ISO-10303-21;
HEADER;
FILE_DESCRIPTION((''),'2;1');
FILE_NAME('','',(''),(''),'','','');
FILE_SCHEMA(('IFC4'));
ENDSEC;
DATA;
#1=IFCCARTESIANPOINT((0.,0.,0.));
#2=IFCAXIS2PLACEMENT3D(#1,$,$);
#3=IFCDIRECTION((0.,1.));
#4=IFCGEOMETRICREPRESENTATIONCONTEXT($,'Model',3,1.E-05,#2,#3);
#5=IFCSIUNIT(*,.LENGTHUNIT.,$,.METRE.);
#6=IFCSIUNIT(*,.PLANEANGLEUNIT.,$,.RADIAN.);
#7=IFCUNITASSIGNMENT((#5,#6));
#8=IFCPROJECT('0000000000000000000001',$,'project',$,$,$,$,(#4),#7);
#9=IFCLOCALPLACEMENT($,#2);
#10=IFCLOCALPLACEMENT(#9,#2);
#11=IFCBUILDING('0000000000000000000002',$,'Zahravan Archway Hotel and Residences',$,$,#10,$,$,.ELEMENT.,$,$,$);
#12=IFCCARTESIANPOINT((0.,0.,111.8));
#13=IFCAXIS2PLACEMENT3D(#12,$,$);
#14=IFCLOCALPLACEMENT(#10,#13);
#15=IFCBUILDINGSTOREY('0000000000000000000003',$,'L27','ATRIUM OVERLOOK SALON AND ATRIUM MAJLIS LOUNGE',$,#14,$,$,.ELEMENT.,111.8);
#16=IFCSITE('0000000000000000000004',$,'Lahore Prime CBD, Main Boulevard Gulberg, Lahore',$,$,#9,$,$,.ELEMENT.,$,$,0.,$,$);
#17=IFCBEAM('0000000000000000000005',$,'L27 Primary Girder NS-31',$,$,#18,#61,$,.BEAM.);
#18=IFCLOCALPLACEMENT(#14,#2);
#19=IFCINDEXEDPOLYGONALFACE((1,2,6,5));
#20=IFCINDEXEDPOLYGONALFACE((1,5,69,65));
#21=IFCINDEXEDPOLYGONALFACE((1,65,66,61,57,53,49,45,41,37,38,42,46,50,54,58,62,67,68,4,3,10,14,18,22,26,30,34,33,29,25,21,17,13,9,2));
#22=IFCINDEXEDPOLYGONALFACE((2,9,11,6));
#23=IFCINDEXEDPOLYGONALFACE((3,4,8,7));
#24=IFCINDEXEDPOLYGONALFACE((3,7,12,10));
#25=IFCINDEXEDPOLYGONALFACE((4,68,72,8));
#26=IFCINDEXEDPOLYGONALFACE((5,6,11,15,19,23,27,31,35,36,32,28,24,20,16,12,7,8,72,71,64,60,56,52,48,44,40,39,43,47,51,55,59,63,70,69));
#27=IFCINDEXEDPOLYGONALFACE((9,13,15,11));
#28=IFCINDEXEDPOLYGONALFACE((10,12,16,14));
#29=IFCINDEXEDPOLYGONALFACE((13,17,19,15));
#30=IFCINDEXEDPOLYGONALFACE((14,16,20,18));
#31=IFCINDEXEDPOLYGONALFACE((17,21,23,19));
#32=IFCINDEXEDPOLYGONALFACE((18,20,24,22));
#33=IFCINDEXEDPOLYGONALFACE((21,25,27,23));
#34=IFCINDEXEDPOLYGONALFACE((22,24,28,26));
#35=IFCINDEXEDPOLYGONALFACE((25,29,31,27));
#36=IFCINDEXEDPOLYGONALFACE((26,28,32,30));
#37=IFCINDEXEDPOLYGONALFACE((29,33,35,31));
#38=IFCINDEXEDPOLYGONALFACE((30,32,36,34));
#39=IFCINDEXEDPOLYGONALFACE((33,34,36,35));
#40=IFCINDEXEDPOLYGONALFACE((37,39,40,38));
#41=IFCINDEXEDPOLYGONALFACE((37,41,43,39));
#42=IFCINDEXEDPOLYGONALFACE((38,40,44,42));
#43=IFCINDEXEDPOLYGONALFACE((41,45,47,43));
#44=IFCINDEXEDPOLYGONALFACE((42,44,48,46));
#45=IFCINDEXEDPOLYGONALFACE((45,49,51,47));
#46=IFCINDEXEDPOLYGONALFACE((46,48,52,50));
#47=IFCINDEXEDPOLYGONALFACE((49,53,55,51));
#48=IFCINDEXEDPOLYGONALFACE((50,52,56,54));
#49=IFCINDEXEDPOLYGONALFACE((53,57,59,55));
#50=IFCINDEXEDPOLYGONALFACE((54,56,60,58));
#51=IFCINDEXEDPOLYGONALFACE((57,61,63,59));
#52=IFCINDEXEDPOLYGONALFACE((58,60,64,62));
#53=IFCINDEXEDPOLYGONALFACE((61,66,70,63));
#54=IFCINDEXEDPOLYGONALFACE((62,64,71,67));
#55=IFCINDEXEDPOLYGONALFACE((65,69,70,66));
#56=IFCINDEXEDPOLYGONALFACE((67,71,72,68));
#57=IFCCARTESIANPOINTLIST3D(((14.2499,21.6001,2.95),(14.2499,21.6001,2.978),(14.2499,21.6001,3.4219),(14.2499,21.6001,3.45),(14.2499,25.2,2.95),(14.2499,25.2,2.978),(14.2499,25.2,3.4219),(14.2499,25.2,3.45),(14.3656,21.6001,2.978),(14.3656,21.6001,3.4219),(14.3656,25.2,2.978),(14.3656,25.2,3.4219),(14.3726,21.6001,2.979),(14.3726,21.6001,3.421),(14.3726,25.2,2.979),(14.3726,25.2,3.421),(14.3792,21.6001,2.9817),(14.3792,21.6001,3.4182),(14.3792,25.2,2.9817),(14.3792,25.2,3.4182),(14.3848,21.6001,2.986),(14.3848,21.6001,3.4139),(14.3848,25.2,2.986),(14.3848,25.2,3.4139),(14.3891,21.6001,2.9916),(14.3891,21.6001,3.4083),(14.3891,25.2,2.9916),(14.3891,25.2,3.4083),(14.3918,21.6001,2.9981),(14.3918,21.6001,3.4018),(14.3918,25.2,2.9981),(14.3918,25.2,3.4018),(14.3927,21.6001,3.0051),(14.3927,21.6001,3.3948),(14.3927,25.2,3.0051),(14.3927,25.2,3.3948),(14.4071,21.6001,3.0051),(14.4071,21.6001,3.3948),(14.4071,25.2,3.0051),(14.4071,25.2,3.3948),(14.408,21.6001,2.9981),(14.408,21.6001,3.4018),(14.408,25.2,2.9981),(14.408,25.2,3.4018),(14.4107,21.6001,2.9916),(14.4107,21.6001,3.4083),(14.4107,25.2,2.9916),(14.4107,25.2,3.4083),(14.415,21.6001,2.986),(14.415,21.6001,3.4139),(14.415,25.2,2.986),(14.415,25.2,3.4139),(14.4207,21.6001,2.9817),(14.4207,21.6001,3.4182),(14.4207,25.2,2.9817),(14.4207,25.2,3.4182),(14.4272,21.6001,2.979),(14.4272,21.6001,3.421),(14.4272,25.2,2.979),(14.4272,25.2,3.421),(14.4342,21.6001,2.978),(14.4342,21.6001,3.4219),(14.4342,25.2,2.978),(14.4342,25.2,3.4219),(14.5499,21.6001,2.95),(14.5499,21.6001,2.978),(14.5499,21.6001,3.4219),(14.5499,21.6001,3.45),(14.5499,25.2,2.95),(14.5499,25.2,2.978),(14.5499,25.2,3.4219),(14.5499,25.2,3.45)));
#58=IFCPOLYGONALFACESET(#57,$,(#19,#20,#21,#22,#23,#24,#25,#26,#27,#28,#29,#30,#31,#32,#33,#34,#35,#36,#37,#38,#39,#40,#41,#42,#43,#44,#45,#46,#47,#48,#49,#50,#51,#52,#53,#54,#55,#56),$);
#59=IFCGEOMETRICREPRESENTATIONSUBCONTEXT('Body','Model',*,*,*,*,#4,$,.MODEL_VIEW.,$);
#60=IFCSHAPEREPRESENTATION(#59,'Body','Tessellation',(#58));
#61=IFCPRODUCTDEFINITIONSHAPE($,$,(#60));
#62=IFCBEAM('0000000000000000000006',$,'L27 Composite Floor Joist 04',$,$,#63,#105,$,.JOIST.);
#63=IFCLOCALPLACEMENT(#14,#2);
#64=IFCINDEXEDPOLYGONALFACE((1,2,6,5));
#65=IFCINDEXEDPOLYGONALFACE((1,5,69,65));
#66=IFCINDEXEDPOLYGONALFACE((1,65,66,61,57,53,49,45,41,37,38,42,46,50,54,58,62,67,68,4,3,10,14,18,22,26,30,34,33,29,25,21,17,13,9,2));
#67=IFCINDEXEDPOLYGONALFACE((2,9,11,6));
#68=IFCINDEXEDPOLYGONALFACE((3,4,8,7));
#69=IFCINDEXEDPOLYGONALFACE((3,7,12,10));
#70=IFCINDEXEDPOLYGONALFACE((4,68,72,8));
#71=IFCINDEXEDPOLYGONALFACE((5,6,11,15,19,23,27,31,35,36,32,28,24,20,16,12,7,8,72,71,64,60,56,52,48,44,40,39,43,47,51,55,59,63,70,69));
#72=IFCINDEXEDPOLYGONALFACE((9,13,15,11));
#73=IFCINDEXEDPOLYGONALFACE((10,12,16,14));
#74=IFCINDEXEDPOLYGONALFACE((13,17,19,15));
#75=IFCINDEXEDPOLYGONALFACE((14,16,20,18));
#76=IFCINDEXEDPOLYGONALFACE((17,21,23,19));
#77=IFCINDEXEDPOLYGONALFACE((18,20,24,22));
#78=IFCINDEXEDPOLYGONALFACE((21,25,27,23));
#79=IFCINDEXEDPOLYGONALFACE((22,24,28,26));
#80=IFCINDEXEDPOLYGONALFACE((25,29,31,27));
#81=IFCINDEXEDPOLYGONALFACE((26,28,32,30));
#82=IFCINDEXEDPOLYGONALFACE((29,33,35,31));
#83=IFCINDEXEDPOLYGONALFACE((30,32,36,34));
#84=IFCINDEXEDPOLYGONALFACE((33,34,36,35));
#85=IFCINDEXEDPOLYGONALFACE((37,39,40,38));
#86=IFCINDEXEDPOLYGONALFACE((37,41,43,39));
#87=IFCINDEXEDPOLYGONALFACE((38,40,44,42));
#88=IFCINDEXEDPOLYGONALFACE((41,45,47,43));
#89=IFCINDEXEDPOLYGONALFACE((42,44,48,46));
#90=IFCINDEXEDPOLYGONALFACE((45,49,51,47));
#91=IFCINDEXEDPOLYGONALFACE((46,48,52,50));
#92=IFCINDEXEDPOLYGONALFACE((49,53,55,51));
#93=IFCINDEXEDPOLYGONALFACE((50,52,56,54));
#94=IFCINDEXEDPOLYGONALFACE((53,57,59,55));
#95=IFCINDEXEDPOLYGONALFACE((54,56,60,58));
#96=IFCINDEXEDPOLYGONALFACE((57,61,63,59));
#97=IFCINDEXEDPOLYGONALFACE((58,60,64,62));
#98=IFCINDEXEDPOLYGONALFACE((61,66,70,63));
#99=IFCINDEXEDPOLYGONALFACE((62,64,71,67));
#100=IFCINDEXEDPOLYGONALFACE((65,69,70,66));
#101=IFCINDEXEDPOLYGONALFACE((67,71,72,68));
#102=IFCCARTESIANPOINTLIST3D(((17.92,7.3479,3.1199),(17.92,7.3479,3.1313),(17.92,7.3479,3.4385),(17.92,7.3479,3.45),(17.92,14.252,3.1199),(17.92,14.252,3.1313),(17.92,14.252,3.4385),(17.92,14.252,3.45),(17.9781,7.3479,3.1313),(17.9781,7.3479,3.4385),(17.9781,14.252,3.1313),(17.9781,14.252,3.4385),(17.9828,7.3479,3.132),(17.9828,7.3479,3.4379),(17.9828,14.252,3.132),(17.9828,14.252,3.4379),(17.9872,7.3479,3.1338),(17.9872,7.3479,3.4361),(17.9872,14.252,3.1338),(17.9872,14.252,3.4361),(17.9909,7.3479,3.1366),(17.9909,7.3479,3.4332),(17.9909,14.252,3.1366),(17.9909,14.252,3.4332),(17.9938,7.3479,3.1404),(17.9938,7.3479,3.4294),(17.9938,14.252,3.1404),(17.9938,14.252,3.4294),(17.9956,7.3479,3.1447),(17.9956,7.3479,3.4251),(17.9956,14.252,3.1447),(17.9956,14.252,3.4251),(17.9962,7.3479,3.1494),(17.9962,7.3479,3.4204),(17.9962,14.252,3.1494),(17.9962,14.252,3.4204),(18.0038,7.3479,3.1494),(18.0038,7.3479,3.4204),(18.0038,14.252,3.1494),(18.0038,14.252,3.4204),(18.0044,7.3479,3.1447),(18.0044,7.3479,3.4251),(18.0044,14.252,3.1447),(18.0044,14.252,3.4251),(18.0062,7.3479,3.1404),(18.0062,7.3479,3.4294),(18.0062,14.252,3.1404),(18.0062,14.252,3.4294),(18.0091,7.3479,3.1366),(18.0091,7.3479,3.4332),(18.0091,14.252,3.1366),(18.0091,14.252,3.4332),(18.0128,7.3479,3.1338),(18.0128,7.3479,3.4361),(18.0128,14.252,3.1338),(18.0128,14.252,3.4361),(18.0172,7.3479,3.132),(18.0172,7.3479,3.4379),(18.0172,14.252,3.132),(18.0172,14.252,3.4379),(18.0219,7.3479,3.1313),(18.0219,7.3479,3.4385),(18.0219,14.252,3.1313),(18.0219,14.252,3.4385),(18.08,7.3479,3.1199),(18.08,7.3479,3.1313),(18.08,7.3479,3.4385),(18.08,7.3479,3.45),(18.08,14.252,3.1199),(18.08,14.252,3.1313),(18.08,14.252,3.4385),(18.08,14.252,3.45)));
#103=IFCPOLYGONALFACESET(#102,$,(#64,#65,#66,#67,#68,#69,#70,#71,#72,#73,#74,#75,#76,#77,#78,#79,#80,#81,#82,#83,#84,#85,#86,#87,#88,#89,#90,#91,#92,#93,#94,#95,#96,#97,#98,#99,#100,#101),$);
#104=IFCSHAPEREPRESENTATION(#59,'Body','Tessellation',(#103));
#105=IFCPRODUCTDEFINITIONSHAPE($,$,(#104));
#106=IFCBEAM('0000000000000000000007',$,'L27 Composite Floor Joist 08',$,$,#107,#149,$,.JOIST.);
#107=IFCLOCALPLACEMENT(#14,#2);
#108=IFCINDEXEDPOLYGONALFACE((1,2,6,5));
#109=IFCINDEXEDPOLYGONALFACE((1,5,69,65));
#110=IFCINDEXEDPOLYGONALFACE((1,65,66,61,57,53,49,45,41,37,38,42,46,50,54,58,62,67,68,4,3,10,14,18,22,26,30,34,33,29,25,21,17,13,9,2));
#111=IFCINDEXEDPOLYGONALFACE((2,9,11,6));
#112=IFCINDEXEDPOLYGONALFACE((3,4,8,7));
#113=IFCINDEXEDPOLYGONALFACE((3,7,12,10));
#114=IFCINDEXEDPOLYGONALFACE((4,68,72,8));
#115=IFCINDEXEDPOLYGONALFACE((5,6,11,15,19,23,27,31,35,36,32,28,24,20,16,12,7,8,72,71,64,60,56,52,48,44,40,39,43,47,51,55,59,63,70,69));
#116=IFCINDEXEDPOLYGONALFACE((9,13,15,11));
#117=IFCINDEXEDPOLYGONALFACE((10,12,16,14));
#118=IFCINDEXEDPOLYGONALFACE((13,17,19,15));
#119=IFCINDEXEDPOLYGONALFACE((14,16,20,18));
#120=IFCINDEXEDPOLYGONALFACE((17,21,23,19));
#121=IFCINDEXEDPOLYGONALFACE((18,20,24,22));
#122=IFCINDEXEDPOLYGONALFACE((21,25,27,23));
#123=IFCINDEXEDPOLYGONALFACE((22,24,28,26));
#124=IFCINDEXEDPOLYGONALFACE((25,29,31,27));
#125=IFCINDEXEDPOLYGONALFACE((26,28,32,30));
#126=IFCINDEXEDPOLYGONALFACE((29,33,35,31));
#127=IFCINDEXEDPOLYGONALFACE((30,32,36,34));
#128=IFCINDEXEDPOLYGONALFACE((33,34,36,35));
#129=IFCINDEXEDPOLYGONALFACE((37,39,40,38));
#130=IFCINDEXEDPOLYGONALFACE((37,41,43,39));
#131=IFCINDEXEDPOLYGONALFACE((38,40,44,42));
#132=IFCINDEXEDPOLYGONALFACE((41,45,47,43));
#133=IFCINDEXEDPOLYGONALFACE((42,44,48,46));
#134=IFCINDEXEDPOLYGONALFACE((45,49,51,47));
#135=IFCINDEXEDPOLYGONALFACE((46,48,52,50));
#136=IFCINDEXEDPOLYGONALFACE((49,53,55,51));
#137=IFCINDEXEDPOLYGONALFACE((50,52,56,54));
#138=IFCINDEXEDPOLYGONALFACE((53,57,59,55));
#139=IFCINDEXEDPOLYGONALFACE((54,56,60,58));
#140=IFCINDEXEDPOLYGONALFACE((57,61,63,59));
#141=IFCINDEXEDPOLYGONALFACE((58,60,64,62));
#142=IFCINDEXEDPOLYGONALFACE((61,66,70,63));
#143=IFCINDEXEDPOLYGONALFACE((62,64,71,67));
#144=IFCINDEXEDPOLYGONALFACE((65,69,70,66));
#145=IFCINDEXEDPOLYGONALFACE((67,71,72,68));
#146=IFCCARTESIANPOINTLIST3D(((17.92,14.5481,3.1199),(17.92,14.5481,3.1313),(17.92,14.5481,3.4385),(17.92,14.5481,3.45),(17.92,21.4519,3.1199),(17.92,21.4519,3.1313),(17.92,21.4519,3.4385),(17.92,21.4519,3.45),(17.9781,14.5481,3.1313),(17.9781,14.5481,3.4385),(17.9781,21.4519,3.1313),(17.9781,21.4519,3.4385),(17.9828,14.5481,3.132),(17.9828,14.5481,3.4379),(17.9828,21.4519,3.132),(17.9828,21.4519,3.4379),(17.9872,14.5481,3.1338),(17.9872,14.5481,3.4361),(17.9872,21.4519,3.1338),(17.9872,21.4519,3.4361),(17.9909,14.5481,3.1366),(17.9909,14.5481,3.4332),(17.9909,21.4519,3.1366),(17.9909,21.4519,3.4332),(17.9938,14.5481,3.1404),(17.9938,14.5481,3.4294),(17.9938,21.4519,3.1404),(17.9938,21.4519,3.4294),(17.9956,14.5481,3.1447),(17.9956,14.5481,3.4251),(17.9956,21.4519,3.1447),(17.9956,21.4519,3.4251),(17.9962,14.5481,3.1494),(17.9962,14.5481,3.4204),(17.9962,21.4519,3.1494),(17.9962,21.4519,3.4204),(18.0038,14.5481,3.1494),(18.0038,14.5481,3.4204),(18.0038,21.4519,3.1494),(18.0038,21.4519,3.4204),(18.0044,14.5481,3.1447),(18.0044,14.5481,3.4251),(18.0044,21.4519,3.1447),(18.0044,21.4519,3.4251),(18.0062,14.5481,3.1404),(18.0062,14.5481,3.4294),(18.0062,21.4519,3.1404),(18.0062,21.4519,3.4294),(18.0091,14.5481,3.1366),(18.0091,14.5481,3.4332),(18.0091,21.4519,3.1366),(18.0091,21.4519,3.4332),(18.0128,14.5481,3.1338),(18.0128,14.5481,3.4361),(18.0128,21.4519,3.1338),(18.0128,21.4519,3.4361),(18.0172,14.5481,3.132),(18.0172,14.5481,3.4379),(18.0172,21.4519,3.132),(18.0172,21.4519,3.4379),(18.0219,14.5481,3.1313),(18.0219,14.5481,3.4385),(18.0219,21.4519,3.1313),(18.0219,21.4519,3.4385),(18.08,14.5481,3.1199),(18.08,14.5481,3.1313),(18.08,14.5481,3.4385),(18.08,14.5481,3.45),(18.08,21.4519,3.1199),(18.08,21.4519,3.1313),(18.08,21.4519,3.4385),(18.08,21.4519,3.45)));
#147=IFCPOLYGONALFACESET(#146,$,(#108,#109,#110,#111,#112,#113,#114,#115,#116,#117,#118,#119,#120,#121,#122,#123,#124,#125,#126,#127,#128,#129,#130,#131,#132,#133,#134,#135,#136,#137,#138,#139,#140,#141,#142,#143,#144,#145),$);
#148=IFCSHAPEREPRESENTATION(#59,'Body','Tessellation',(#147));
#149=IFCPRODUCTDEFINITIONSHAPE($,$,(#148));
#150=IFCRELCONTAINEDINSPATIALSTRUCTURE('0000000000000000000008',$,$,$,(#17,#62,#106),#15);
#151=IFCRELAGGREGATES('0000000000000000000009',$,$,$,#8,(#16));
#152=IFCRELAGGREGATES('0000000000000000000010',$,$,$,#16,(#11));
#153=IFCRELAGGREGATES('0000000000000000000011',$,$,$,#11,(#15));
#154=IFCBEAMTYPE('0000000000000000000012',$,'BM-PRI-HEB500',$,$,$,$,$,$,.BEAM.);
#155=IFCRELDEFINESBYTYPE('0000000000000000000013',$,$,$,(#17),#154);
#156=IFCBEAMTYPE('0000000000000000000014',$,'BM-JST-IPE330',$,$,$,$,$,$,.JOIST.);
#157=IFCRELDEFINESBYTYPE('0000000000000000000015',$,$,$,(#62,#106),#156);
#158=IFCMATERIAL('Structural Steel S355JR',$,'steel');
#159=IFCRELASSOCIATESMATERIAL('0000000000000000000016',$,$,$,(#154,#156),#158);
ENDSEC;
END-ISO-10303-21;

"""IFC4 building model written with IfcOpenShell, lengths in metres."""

from ifc_helpers import new_model, si_unit, direction, frame, origin, origin_2d, place, context, subcontext, project, spatial, i_section, extrude, source, transform, mapped, material, material_profile, profile_set, type_object, type_shapes, element, save


model = new_model("IFC4")

# Units and contexts
model_context = context("Model", 3, precision=1e-05, world=origin(), true_north=direction((0.0, 1.0)))
body_context = subcontext(model_context, "Body", "Model", "MODEL_VIEW")
ifc_project = project(units=[si_unit("LENGTHUNIT", "METRE"), si_unit("PLANEANGLEUNIT", "RADIAN")], contexts=[model_context])

# Site, building, storey
site_placement = place(None, origin())
site = spatial("IfcSite", under=ifc_project, at=site_placement, Name="Lahore Prime CBD, Main Boulevard Gulberg, Lahore", CompositionType="ELEMENT", RefElevation=0.0)
building_placement = place(site_placement, origin())
building = spatial("IfcBuilding", under=site, at=building_placement, Name="Zahravan Archway Hotel and Residences", CompositionType="ELEMENT")
storey_placement = place(building_placement, frame((0.0, 0.0, 111.8)))
storey = spatial("IfcBuildingStorey", under=building, at=storey_placement, Name="L27", Description="ATRIUM OVERLOOK SALON AND ATRIUM MAJLIS LOUNGE", CompositionType="ELEMENT", Elevation=111.8)

# Beams
ifc_material_1 = material(Name="Structural Steel S355JR", Category="steel")
ifc_material_profile_1 = material_profile(ifc_material_1, i_section(OverallWidth=0.3, OverallDepth=0.5, WebThickness=0.0144, FlangeThickness=0.0281, FilletRadius=0.0271, at=origin_2d()), Name="HEB 500", Category="steel")
ifc_profile_set_1 = profile_set([ifc_material_profile_1], Name="Structural Steel S355JR")
beam_type_1 = type_object("IfcBeamType", Name="BM-PRI-HEB500", PredefinedType="BEAM", material=ifc_profile_set_1)
shared_shape_1 = source(origin(), body_context, "Body", "SweptSolid", [
    extrude(i_section(OverallWidth=0.3, OverallDepth=0.5, WebThickness=0.0144, FlangeThickness=0.0281, FilletRadius=0.0271, at=origin_2d()), origin(), (0.0, 0.0, 1.0), 3.5999),
])
beam_1_placement = place(storey_placement, frame((14.3999, 21.6001, 3.2), z_axis=(0.0, 1.0, 0.0), x_axis=(-1.0, 0.0, 0.0)))
element("IfcBeam", 1, at=beam_1_placement, inside=storey, type_object=beam_type_1, Name="L27 Primary Girder NS-31", PredefinedType="BEAM", context=body_context, shape_type="MappedRepresentation", body=[
    mapped(shared_shape_1, transform((0.0, 0.0, 0.0), scale=1.0)),
])
ifc_material_profile_2 = material_profile(ifc_material_1, i_section(OverallWidth=0.1599, OverallDepth=0.3301, WebThickness=0.0076, FlangeThickness=0.0115, FilletRadius=0.0181, at=origin_2d()), Name="IPE 330", Category="steel")
ifc_profile_set_2 = profile_set([ifc_material_profile_2], Name="Structural Steel S355JR")
beam_type_2 = type_object("IfcBeamType", Name="BM-JST-IPE330", PredefinedType="JOIST", material=ifc_profile_set_2)
shared_shape_2 = source(origin(), body_context, "Body", "SweptSolid", [
    extrude(i_section(OverallWidth=0.1599, OverallDepth=0.3301, WebThickness=0.0076, FlangeThickness=0.0115, FilletRadius=0.0181, at=origin_2d()), origin(), (0.0, 0.0, 1.0), 6.9041),
])
type_shapes(beam_type_2, [shared_shape_2])
beam_2_placement = place(storey_placement, frame((18.0, 7.3479, 3.2849), z_axis=(0.0, 1.0, 0.0), x_axis=(-1.0, 0.0, 0.0)))
element("IfcBeam", 2, at=beam_2_placement, inside=storey, type_object=beam_type_2, Name="L27 Composite Floor Joist 04", PredefinedType="JOIST", context=body_context, shape_type="MappedRepresentation", body=[
    mapped(shared_shape_2, transform((0.0, 0.0, 0.0), scale=1.0)),
])
shared_shape_3 = source(origin(), body_context, "Body", "SweptSolid", [
    extrude(i_section(OverallWidth=0.1599, OverallDepth=0.3301, WebThickness=0.0076, FlangeThickness=0.0115, FilletRadius=0.0181, at=origin_2d()), origin(), (0.0, 0.0, 1.0), 6.9038),
])
beam_3_placement = place(storey_placement, frame((18.0, 14.5481, 3.2849), z_axis=(0.0, 1.0, 0.0), x_axis=(-1.0, 0.0, 0.0)))
element("IfcBeam", 3, at=beam_3_placement, inside=storey, type_object=beam_type_2, Name="L27 Composite Floor Joist 08", PredefinedType="JOIST", context=body_context, shape_type="MappedRepresentation", body=[
    mapped(shared_shape_3, transform((0.0, 0.0, 0.0), scale=1.0)),
])

save(model, "model.ifc")
